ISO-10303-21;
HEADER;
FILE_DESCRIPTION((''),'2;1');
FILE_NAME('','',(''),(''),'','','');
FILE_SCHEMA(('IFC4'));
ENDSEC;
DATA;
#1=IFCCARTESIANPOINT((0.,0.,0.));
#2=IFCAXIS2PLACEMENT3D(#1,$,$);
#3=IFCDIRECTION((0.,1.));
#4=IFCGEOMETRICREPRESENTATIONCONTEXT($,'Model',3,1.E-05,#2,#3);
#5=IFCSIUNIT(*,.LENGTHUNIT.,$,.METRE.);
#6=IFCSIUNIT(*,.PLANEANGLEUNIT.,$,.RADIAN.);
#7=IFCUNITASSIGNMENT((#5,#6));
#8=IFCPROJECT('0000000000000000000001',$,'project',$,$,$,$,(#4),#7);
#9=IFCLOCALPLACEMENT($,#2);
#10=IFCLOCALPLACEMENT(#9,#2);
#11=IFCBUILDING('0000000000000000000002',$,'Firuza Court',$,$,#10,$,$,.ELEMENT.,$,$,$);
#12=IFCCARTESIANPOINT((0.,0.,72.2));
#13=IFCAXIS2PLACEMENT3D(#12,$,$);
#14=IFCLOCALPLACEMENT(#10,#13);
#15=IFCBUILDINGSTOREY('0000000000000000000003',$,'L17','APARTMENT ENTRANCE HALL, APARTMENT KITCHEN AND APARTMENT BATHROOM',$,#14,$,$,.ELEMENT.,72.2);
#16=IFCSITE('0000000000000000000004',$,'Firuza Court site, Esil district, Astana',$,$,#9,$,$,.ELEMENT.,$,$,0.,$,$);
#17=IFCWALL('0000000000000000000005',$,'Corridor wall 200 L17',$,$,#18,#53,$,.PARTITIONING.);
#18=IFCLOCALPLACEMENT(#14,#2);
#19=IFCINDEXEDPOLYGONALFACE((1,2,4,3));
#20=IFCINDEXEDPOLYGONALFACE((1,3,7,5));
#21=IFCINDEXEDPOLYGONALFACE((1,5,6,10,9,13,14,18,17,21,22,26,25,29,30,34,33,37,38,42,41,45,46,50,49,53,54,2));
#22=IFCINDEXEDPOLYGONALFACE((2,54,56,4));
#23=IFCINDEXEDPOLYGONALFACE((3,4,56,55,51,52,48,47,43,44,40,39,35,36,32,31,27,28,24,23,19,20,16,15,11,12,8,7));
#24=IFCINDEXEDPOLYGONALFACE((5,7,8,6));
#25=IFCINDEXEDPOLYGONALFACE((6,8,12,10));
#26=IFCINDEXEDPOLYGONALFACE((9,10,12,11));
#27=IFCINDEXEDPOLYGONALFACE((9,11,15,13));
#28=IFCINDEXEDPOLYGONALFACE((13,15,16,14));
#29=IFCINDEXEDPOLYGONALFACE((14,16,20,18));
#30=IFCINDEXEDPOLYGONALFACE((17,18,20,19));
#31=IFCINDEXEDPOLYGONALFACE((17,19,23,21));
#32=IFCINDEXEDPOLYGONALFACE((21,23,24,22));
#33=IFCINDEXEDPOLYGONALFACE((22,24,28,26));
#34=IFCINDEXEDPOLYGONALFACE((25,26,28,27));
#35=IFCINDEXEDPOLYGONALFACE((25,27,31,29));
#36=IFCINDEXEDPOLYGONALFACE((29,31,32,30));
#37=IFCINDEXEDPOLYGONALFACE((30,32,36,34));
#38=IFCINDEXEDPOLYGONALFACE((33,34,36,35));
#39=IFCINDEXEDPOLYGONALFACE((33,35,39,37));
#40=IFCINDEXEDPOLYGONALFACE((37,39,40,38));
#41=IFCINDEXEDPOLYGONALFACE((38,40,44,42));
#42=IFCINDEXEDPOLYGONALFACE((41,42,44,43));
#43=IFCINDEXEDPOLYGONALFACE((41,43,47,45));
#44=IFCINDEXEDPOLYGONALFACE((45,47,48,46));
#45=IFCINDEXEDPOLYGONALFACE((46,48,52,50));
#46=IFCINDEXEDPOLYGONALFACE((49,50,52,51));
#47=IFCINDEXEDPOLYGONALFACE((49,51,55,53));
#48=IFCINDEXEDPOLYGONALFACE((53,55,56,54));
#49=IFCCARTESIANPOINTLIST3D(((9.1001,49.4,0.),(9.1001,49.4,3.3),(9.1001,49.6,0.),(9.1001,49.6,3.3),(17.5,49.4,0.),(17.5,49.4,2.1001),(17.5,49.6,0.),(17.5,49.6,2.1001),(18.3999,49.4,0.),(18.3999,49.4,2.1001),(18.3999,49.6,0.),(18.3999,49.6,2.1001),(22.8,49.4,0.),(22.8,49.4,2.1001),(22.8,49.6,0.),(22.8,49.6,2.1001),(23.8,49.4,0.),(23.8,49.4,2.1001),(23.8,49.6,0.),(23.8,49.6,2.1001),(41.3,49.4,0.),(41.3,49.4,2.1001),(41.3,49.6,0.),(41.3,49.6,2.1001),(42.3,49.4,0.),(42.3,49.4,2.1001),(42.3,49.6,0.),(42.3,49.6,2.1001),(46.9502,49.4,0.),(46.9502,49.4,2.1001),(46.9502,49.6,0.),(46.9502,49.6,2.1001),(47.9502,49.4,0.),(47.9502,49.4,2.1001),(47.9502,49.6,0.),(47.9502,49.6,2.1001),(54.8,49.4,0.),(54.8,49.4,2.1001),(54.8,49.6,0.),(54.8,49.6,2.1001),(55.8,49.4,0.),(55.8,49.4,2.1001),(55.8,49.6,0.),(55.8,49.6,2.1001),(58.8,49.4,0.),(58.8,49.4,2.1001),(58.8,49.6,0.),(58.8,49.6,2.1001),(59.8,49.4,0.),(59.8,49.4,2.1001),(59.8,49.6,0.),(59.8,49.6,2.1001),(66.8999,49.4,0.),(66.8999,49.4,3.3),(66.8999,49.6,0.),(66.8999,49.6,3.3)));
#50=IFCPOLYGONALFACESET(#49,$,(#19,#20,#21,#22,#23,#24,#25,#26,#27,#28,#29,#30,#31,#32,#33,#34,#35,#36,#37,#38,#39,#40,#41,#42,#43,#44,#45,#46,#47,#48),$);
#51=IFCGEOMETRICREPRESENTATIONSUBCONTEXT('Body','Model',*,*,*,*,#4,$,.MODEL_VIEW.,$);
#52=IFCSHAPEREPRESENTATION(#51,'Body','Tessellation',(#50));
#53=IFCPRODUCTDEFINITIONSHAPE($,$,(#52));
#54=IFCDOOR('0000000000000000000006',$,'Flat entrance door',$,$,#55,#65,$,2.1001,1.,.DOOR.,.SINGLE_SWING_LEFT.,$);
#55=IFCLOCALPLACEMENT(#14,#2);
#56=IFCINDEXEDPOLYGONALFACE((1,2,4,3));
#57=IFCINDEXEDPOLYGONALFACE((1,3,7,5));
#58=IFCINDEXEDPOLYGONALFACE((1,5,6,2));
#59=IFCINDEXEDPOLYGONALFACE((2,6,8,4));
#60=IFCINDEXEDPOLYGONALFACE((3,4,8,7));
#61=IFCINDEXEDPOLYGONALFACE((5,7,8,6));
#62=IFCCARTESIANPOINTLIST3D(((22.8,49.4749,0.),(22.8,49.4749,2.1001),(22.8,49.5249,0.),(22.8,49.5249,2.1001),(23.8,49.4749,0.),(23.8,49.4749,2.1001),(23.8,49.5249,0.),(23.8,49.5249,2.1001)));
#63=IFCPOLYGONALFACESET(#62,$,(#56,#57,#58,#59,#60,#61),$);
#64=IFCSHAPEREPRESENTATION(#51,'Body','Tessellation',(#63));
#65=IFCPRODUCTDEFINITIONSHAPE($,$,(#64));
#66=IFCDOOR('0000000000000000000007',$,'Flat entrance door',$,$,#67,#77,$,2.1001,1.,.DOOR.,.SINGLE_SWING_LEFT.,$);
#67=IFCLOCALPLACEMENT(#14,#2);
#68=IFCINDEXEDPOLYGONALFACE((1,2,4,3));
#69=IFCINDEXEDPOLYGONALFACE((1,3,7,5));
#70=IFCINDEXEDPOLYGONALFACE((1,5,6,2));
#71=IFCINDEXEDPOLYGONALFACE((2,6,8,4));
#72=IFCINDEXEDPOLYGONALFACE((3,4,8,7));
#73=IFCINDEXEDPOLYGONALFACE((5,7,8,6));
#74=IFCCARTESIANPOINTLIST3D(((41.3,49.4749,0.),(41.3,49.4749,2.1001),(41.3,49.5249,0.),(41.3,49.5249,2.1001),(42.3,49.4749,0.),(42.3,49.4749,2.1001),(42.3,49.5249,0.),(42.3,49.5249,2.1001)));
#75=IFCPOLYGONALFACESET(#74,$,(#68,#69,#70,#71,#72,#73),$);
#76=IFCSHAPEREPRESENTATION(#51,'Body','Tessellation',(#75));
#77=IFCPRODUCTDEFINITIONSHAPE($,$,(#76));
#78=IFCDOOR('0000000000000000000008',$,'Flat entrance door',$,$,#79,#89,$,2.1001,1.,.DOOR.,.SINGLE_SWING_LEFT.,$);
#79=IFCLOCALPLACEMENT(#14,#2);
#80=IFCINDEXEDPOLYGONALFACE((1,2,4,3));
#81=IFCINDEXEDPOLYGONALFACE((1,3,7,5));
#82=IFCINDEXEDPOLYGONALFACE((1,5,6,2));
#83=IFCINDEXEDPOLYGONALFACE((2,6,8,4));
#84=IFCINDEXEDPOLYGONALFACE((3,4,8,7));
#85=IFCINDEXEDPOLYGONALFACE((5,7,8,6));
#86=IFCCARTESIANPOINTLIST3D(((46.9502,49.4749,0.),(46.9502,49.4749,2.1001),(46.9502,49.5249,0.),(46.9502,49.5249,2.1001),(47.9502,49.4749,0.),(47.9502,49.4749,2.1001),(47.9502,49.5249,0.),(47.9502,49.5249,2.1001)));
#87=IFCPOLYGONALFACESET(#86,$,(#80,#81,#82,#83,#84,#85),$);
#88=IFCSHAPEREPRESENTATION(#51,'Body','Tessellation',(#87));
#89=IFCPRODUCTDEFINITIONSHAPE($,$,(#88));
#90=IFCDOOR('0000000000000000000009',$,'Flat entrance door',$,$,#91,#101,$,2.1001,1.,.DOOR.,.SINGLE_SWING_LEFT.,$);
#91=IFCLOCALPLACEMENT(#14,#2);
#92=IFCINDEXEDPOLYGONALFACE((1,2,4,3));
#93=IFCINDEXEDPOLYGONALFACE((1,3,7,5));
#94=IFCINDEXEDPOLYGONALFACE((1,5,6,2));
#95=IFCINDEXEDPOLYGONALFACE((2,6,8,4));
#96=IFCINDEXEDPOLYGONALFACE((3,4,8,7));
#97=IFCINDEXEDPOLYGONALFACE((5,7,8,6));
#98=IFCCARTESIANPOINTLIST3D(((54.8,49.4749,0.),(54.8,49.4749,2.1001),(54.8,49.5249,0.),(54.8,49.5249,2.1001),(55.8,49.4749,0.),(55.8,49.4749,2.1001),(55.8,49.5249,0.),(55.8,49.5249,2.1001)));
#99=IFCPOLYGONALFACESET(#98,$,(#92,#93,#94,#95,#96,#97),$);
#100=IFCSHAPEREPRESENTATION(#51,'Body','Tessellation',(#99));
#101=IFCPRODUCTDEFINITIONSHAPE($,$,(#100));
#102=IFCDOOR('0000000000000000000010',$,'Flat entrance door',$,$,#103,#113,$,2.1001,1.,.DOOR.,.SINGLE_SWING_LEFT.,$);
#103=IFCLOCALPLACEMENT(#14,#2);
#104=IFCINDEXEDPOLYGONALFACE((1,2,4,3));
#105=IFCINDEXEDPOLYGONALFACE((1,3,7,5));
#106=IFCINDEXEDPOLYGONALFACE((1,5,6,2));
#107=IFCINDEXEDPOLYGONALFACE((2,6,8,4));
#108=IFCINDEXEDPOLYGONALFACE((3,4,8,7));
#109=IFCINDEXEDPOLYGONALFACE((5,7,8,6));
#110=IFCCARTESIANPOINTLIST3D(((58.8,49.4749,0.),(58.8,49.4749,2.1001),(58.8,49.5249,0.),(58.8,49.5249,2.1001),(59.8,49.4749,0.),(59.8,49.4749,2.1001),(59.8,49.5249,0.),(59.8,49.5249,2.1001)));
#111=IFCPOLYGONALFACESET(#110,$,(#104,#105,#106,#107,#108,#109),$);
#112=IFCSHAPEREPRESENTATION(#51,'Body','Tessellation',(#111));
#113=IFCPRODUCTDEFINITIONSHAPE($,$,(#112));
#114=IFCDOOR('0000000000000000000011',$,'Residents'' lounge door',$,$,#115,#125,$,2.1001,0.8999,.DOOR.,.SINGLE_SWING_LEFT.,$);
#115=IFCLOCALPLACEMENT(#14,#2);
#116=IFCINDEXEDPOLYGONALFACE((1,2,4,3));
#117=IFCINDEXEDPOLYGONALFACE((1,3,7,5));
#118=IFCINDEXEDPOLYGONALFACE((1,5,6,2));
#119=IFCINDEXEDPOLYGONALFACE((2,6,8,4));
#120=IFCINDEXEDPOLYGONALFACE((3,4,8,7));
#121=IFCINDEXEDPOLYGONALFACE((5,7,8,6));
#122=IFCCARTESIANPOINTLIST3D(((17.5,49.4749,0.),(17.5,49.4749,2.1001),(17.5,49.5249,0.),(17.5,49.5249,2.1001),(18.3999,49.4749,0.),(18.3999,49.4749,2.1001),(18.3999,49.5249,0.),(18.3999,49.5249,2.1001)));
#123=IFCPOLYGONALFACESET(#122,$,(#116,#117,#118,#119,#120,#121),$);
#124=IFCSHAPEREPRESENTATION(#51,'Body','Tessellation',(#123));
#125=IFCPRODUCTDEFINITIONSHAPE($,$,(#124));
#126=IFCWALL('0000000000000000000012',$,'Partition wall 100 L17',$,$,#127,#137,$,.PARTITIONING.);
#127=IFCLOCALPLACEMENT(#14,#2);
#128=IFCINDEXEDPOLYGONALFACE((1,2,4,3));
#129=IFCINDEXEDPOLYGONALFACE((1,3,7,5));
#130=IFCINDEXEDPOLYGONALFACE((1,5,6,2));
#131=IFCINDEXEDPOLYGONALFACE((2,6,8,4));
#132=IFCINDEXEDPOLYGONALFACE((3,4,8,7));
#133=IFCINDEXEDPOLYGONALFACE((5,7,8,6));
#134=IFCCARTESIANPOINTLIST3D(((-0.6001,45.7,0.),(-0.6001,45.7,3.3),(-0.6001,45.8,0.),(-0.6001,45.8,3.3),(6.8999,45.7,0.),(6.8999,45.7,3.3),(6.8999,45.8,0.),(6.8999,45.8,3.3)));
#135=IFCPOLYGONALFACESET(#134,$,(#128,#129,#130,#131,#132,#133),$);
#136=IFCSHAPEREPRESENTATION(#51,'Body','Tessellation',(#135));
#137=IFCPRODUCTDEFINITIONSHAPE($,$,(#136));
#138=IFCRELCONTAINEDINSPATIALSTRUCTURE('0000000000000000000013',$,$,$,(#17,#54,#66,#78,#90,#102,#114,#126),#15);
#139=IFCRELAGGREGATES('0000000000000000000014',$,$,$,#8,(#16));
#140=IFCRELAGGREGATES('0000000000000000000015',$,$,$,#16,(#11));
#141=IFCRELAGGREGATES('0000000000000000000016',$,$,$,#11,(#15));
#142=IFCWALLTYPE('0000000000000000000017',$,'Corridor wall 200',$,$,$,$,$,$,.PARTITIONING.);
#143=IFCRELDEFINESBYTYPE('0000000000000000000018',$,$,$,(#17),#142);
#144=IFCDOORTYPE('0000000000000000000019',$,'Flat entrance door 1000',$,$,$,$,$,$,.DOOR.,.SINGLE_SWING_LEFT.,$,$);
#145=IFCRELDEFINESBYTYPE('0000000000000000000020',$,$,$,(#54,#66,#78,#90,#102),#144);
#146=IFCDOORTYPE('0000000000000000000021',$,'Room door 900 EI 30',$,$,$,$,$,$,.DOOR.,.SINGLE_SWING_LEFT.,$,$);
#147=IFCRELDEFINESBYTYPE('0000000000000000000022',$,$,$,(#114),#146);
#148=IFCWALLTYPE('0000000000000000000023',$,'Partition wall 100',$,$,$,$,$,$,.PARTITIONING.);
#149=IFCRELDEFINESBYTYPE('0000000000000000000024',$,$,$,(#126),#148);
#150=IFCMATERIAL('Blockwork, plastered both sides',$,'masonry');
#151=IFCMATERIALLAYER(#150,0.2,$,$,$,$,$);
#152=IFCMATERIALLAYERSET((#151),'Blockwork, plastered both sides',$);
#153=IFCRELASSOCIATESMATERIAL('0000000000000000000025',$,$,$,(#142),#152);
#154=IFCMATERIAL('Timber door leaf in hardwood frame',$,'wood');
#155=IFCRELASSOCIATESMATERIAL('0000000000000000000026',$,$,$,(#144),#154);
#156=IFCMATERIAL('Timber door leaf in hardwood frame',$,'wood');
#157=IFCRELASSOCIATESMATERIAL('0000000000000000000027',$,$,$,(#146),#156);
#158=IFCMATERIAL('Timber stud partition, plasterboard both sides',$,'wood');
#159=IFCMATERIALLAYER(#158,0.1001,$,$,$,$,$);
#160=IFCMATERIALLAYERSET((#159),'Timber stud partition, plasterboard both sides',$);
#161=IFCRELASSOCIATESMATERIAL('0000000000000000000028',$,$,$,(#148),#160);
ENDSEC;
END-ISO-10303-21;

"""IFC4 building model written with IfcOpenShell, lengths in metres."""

from ifc_helpers import new_model, si_unit, direction, frame, frame_2d, origin, place, context, subcontext, project, spatial, rectangle, extrude, material, layer, layer_set, type_object, element, fill, save


model = new_model("IFC4")

# Units and contexts
model_context = context("Model", 3, precision=1e-05, world=origin(), true_north=direction((0.0, 1.0)))
body_context = subcontext(model_context, "Body", "Model", "MODEL_VIEW")
ifc_project = project(units=[si_unit("LENGTHUNIT", "METRE"), si_unit("PLANEANGLEUNIT", "RADIAN")], contexts=[model_context])

# Site, building, storey
site_placement = place(None, origin())
site = spatial("IfcSite", under=ifc_project, at=site_placement, Name="Firuza Court site, Esil district, Astana", CompositionType="ELEMENT", RefElevation=0.0)
building_placement = place(site_placement, origin())
building = spatial("IfcBuilding", under=site, at=building_placement, Name="Firuza Court", CompositionType="ELEMENT")
storey_placement = place(building_placement, frame((0.0, 0.0, 72.2)))
storey = spatial("IfcBuildingStorey", under=building, at=storey_placement, Name="L17", Description="APARTMENT ENTRANCE HALL, APARTMENT KITCHEN AND APARTMENT BATHROOM", CompositionType="ELEMENT", Elevation=72.2)

# Wall, openings, doors
ifc_material_1 = material(Name="Blockwork, plastered both sides", Category="masonry")
ifc_layer_1 = layer(ifc_material_1, 0.2)
ifc_layer_set_1 = layer_set([ifc_layer_1], Name="Blockwork, plastered both sides")
wall_type_1 = type_object("IfcWallType", Name="Corridor wall 200", PredefinedType="PARTITIONING", material=ifc_layer_set_1)
wall_1_placement = place(storey_placement, frame((9.1001, 49.5, 0.0), z_axis=(0.0, 0.0, 1.0), x_axis=(1.0, 0.0, 0.0)))
wall_1 = element("IfcWall", 1, at=wall_1_placement, inside=storey, type_object=wall_type_1, Name="Corridor wall 200 L17", PredefinedType="PARTITIONING", context=body_context, shape_type="SweptSolid", body=[
    extrude(rectangle(XDim=57.7998, YDim=0.2, at=frame_2d((28.8999, 0.0))), origin(), (0.0, 0.0, 1.0), 3.3),
])
opening_1_placement = place(wall_1_placement, frame((13.7, 0.0, 0.0)))
opening_1 = element("IfcOpeningElement", 2, at=opening_1_placement, cuts=wall_1, PredefinedType="OPENING", context=body_context, shape_type="SweptSolid", body=[
    extrude(rectangle(XDim=1.0, YDim=2.1001, at=frame_2d((0.5, 1.05))), frame((0.0, 0.1118, 0.0), z_axis=(0.0, -1.0, 0.0), x_axis=(1.0, 0.0, 0.0)), (0.0, 0.0, 1.0), 0.2239),
])
opening_2_placement = place(wall_1_placement, frame((32.2, 0.0, 0.0)))
opening_2 = element("IfcOpeningElement", 3, at=opening_2_placement, cuts=wall_1, PredefinedType="OPENING", context=body_context, shape_type="SweptSolid", body=[
    extrude(rectangle(XDim=1.0, YDim=2.1001, at=frame_2d((0.5, 1.05))), frame((0.0, 0.1118, 0.0), z_axis=(0.0, -1.0, 0.0), x_axis=(1.0, 0.0, 0.0)), (0.0, 0.0, 1.0), 0.2239),
])
opening_3_placement = place(wall_1_placement, frame((37.8501, 0.0, 0.0)))
opening_3 = element("IfcOpeningElement", 4, at=opening_3_placement, cuts=wall_1, PredefinedType="OPENING", context=body_context, shape_type="SweptSolid", body=[
    extrude(rectangle(XDim=1.0, YDim=2.1001, at=frame_2d((0.5, 1.05))), frame((0.0, 0.1118, 0.0), z_axis=(0.0, -1.0, 0.0), x_axis=(1.0, 0.0, 0.0)), (0.0, 0.0, 1.0), 0.2239),
])
opening_4_placement = place(wall_1_placement, frame((45.7, 0.0, 0.0)))
opening_4 = element("IfcOpeningElement", 5, at=opening_4_placement, cuts=wall_1, PredefinedType="OPENING", context=body_context, shape_type="SweptSolid", body=[
    extrude(rectangle(XDim=1.0, YDim=2.1001, at=frame_2d((0.5, 1.05))), frame((0.0, 0.1118, 0.0), z_axis=(0.0, -1.0, 0.0), x_axis=(1.0, 0.0, 0.0)), (0.0, 0.0, 1.0), 0.2239),
])
opening_5_placement = place(wall_1_placement, frame((49.7, 0.0, 0.0)))
opening_5 = element("IfcOpeningElement", 6, at=opening_5_placement, cuts=wall_1, PredefinedType="OPENING", context=body_context, shape_type="SweptSolid", body=[
    extrude(rectangle(XDim=1.0, YDim=2.1001, at=frame_2d((0.5, 1.05))), frame((0.0, 0.1118, 0.0), z_axis=(0.0, -1.0, 0.0), x_axis=(1.0, 0.0, 0.0)), (0.0, 0.0, 1.0), 0.2239),
])
opening_6_placement = place(wall_1_placement, frame((8.3999, 0.0, 0.0)))
opening_6 = element("IfcOpeningElement", 7, at=opening_6_placement, cuts=wall_1, PredefinedType="OPENING", context=body_context, shape_type="SweptSolid", body=[
    extrude(rectangle(XDim=0.8999, YDim=2.1001, at=frame_2d((0.45, 1.05))), frame((0.0, 0.1118, 0.0), z_axis=(0.0, -1.0, 0.0), x_axis=(1.0, 0.0, 0.0)), (0.0, 0.0, 1.0), 0.2239),
])
ifc_material_2 = material(Name="Timber door leaf in hardwood frame", Category="wood")
door_type_1 = type_object("IfcDoorType", Name="Flat entrance door 1000", OperationType="SINGLE_SWING_LEFT", PredefinedType="DOOR", material=ifc_material_2)
door_1_placement = place(opening_1_placement, origin())
door_1 = element("IfcDoor", 8, at=door_1_placement, inside=storey, type_object=door_type_1, Name="Flat entrance door", OperationType="SINGLE_SWING_LEFT", OverallHeight=2.1001, OverallWidth=1.0, PredefinedType="DOOR", context=body_context, shape_type="SweptSolid", body=[
    extrude(rectangle(XDim=1.0, YDim=2.1001, at=frame_2d((0.5, 1.05))), frame((0.0, 0.0249, 0.0), z_axis=(0.0, -1.0, 0.0), x_axis=(1.0, 0.0, 0.0)), (0.0, 0.0, 1.0), 0.05),
])
fill(opening_1, door_1)
door_2_placement = place(opening_2_placement, origin())
door_2 = element("IfcDoor", 9, at=door_2_placement, inside=storey, type_object=door_type_1, Name="Flat entrance door", OperationType="SINGLE_SWING_LEFT", OverallHeight=2.1001, OverallWidth=1.0, PredefinedType="DOOR", context=body_context, shape_type="SweptSolid", body=[
    extrude(rectangle(XDim=1.0, YDim=2.1001, at=frame_2d((0.5, 1.05))), frame((0.0, 0.0249, 0.0), z_axis=(0.0, -1.0, 0.0), x_axis=(1.0, 0.0, 0.0)), (0.0, 0.0, 1.0), 0.05),
])
fill(opening_2, door_2)
door_3_placement = place(opening_3_placement, origin())
door_3 = element("IfcDoor", 10, at=door_3_placement, inside=storey, type_object=door_type_1, Name="Flat entrance door", OperationType="SINGLE_SWING_LEFT", OverallHeight=2.1001, OverallWidth=1.0, PredefinedType="DOOR", context=body_context, shape_type="SweptSolid", body=[
    extrude(rectangle(XDim=1.0, YDim=2.1001, at=frame_2d((0.5, 1.05))), frame((0.0, 0.0249, 0.0), z_axis=(0.0, -1.0, 0.0), x_axis=(1.0, 0.0, 0.0)), (0.0, 0.0, 1.0), 0.05),
])
fill(opening_3, door_3)
door_4_placement = place(opening_4_placement, origin())
door_4 = element("IfcDoor", 11, at=door_4_placement, inside=storey, type_object=door_type_1, Name="Flat entrance door", OperationType="SINGLE_SWING_LEFT", OverallHeight=2.1001, OverallWidth=1.0, PredefinedType="DOOR", context=body_context, shape_type="SweptSolid", body=[
    extrude(rectangle(XDim=1.0, YDim=2.1001, at=frame_2d((0.5, 1.05))), frame((0.0, 0.0249, 0.0), z_axis=(0.0, -1.0, 0.0), x_axis=(1.0, 0.0, 0.0)), (0.0, 0.0, 1.0), 0.05),
])
fill(opening_4, door_4)
door_5_placement = place(opening_5_placement, origin())
door_5 = element("IfcDoor", 12, at=door_5_placement, inside=storey, type_object=door_type_1, Name="Flat entrance door", OperationType="SINGLE_SWING_LEFT", OverallHeight=2.1001, OverallWidth=1.0, PredefinedType="DOOR", context=body_context, shape_type="SweptSolid", body=[
    extrude(rectangle(XDim=1.0, YDim=2.1001, at=frame_2d((0.5, 1.05))), frame((0.0, 0.0249, 0.0), z_axis=(0.0, -1.0, 0.0), x_axis=(1.0, 0.0, 0.0)), (0.0, 0.0, 1.0), 0.05),
])
fill(opening_5, door_5)
ifc_material_3 = material(Name="Timber door leaf in hardwood frame", Category="wood")
door_type_2 = type_object("IfcDoorType", Name="Room door 900 EI 30", OperationType="SINGLE_SWING_LEFT", PredefinedType="DOOR", material=ifc_material_3)
door_6_placement = place(opening_6_placement, origin())
door_6 = element("IfcDoor", 13, at=door_6_placement, inside=storey, type_object=door_type_2, Name="Residents' lounge door", OperationType="SINGLE_SWING_LEFT", OverallHeight=2.1001, OverallWidth=0.8999, PredefinedType="DOOR", context=body_context, shape_type="SweptSolid", body=[
    extrude(rectangle(XDim=0.8999, YDim=2.1001, at=frame_2d((0.45, 1.05))), frame((0.0, 0.0249, 0.0), z_axis=(0.0, -1.0, 0.0), x_axis=(1.0, 0.0, 0.0)), (0.0, 0.0, 1.0), 0.05),
])
fill(opening_6, door_6)

# Wall
ifc_material_4 = material(Name="Timber stud partition, plasterboard both sides", Category="wood")
ifc_layer_2 = layer(ifc_material_4, 0.1001)
ifc_layer_set_2 = layer_set([ifc_layer_2], Name="Timber stud partition, plasterboard both sides")
wall_type_2 = type_object("IfcWallType", Name="Partition wall 100", PredefinedType="PARTITIONING", material=ifc_layer_set_2)
wall_2_placement = place(storey_placement, frame((-0.6001, 45.75, 0.0), z_axis=(0.0, 0.0, 1.0), x_axis=(1.0, 0.0, 0.0)))
element("IfcWall", 14, at=wall_2_placement, inside=storey, type_object=wall_type_2, Name="Partition wall 100 L17", PredefinedType="PARTITIONING", context=body_context, shape_type="SweptSolid", body=[
    extrude(rectangle(XDim=7.5, YDim=0.1001, at=frame_2d((3.75, 0.0))), origin(), (0.0, 0.0, 1.0), 3.3),
])

save(model, "model.ifc")
